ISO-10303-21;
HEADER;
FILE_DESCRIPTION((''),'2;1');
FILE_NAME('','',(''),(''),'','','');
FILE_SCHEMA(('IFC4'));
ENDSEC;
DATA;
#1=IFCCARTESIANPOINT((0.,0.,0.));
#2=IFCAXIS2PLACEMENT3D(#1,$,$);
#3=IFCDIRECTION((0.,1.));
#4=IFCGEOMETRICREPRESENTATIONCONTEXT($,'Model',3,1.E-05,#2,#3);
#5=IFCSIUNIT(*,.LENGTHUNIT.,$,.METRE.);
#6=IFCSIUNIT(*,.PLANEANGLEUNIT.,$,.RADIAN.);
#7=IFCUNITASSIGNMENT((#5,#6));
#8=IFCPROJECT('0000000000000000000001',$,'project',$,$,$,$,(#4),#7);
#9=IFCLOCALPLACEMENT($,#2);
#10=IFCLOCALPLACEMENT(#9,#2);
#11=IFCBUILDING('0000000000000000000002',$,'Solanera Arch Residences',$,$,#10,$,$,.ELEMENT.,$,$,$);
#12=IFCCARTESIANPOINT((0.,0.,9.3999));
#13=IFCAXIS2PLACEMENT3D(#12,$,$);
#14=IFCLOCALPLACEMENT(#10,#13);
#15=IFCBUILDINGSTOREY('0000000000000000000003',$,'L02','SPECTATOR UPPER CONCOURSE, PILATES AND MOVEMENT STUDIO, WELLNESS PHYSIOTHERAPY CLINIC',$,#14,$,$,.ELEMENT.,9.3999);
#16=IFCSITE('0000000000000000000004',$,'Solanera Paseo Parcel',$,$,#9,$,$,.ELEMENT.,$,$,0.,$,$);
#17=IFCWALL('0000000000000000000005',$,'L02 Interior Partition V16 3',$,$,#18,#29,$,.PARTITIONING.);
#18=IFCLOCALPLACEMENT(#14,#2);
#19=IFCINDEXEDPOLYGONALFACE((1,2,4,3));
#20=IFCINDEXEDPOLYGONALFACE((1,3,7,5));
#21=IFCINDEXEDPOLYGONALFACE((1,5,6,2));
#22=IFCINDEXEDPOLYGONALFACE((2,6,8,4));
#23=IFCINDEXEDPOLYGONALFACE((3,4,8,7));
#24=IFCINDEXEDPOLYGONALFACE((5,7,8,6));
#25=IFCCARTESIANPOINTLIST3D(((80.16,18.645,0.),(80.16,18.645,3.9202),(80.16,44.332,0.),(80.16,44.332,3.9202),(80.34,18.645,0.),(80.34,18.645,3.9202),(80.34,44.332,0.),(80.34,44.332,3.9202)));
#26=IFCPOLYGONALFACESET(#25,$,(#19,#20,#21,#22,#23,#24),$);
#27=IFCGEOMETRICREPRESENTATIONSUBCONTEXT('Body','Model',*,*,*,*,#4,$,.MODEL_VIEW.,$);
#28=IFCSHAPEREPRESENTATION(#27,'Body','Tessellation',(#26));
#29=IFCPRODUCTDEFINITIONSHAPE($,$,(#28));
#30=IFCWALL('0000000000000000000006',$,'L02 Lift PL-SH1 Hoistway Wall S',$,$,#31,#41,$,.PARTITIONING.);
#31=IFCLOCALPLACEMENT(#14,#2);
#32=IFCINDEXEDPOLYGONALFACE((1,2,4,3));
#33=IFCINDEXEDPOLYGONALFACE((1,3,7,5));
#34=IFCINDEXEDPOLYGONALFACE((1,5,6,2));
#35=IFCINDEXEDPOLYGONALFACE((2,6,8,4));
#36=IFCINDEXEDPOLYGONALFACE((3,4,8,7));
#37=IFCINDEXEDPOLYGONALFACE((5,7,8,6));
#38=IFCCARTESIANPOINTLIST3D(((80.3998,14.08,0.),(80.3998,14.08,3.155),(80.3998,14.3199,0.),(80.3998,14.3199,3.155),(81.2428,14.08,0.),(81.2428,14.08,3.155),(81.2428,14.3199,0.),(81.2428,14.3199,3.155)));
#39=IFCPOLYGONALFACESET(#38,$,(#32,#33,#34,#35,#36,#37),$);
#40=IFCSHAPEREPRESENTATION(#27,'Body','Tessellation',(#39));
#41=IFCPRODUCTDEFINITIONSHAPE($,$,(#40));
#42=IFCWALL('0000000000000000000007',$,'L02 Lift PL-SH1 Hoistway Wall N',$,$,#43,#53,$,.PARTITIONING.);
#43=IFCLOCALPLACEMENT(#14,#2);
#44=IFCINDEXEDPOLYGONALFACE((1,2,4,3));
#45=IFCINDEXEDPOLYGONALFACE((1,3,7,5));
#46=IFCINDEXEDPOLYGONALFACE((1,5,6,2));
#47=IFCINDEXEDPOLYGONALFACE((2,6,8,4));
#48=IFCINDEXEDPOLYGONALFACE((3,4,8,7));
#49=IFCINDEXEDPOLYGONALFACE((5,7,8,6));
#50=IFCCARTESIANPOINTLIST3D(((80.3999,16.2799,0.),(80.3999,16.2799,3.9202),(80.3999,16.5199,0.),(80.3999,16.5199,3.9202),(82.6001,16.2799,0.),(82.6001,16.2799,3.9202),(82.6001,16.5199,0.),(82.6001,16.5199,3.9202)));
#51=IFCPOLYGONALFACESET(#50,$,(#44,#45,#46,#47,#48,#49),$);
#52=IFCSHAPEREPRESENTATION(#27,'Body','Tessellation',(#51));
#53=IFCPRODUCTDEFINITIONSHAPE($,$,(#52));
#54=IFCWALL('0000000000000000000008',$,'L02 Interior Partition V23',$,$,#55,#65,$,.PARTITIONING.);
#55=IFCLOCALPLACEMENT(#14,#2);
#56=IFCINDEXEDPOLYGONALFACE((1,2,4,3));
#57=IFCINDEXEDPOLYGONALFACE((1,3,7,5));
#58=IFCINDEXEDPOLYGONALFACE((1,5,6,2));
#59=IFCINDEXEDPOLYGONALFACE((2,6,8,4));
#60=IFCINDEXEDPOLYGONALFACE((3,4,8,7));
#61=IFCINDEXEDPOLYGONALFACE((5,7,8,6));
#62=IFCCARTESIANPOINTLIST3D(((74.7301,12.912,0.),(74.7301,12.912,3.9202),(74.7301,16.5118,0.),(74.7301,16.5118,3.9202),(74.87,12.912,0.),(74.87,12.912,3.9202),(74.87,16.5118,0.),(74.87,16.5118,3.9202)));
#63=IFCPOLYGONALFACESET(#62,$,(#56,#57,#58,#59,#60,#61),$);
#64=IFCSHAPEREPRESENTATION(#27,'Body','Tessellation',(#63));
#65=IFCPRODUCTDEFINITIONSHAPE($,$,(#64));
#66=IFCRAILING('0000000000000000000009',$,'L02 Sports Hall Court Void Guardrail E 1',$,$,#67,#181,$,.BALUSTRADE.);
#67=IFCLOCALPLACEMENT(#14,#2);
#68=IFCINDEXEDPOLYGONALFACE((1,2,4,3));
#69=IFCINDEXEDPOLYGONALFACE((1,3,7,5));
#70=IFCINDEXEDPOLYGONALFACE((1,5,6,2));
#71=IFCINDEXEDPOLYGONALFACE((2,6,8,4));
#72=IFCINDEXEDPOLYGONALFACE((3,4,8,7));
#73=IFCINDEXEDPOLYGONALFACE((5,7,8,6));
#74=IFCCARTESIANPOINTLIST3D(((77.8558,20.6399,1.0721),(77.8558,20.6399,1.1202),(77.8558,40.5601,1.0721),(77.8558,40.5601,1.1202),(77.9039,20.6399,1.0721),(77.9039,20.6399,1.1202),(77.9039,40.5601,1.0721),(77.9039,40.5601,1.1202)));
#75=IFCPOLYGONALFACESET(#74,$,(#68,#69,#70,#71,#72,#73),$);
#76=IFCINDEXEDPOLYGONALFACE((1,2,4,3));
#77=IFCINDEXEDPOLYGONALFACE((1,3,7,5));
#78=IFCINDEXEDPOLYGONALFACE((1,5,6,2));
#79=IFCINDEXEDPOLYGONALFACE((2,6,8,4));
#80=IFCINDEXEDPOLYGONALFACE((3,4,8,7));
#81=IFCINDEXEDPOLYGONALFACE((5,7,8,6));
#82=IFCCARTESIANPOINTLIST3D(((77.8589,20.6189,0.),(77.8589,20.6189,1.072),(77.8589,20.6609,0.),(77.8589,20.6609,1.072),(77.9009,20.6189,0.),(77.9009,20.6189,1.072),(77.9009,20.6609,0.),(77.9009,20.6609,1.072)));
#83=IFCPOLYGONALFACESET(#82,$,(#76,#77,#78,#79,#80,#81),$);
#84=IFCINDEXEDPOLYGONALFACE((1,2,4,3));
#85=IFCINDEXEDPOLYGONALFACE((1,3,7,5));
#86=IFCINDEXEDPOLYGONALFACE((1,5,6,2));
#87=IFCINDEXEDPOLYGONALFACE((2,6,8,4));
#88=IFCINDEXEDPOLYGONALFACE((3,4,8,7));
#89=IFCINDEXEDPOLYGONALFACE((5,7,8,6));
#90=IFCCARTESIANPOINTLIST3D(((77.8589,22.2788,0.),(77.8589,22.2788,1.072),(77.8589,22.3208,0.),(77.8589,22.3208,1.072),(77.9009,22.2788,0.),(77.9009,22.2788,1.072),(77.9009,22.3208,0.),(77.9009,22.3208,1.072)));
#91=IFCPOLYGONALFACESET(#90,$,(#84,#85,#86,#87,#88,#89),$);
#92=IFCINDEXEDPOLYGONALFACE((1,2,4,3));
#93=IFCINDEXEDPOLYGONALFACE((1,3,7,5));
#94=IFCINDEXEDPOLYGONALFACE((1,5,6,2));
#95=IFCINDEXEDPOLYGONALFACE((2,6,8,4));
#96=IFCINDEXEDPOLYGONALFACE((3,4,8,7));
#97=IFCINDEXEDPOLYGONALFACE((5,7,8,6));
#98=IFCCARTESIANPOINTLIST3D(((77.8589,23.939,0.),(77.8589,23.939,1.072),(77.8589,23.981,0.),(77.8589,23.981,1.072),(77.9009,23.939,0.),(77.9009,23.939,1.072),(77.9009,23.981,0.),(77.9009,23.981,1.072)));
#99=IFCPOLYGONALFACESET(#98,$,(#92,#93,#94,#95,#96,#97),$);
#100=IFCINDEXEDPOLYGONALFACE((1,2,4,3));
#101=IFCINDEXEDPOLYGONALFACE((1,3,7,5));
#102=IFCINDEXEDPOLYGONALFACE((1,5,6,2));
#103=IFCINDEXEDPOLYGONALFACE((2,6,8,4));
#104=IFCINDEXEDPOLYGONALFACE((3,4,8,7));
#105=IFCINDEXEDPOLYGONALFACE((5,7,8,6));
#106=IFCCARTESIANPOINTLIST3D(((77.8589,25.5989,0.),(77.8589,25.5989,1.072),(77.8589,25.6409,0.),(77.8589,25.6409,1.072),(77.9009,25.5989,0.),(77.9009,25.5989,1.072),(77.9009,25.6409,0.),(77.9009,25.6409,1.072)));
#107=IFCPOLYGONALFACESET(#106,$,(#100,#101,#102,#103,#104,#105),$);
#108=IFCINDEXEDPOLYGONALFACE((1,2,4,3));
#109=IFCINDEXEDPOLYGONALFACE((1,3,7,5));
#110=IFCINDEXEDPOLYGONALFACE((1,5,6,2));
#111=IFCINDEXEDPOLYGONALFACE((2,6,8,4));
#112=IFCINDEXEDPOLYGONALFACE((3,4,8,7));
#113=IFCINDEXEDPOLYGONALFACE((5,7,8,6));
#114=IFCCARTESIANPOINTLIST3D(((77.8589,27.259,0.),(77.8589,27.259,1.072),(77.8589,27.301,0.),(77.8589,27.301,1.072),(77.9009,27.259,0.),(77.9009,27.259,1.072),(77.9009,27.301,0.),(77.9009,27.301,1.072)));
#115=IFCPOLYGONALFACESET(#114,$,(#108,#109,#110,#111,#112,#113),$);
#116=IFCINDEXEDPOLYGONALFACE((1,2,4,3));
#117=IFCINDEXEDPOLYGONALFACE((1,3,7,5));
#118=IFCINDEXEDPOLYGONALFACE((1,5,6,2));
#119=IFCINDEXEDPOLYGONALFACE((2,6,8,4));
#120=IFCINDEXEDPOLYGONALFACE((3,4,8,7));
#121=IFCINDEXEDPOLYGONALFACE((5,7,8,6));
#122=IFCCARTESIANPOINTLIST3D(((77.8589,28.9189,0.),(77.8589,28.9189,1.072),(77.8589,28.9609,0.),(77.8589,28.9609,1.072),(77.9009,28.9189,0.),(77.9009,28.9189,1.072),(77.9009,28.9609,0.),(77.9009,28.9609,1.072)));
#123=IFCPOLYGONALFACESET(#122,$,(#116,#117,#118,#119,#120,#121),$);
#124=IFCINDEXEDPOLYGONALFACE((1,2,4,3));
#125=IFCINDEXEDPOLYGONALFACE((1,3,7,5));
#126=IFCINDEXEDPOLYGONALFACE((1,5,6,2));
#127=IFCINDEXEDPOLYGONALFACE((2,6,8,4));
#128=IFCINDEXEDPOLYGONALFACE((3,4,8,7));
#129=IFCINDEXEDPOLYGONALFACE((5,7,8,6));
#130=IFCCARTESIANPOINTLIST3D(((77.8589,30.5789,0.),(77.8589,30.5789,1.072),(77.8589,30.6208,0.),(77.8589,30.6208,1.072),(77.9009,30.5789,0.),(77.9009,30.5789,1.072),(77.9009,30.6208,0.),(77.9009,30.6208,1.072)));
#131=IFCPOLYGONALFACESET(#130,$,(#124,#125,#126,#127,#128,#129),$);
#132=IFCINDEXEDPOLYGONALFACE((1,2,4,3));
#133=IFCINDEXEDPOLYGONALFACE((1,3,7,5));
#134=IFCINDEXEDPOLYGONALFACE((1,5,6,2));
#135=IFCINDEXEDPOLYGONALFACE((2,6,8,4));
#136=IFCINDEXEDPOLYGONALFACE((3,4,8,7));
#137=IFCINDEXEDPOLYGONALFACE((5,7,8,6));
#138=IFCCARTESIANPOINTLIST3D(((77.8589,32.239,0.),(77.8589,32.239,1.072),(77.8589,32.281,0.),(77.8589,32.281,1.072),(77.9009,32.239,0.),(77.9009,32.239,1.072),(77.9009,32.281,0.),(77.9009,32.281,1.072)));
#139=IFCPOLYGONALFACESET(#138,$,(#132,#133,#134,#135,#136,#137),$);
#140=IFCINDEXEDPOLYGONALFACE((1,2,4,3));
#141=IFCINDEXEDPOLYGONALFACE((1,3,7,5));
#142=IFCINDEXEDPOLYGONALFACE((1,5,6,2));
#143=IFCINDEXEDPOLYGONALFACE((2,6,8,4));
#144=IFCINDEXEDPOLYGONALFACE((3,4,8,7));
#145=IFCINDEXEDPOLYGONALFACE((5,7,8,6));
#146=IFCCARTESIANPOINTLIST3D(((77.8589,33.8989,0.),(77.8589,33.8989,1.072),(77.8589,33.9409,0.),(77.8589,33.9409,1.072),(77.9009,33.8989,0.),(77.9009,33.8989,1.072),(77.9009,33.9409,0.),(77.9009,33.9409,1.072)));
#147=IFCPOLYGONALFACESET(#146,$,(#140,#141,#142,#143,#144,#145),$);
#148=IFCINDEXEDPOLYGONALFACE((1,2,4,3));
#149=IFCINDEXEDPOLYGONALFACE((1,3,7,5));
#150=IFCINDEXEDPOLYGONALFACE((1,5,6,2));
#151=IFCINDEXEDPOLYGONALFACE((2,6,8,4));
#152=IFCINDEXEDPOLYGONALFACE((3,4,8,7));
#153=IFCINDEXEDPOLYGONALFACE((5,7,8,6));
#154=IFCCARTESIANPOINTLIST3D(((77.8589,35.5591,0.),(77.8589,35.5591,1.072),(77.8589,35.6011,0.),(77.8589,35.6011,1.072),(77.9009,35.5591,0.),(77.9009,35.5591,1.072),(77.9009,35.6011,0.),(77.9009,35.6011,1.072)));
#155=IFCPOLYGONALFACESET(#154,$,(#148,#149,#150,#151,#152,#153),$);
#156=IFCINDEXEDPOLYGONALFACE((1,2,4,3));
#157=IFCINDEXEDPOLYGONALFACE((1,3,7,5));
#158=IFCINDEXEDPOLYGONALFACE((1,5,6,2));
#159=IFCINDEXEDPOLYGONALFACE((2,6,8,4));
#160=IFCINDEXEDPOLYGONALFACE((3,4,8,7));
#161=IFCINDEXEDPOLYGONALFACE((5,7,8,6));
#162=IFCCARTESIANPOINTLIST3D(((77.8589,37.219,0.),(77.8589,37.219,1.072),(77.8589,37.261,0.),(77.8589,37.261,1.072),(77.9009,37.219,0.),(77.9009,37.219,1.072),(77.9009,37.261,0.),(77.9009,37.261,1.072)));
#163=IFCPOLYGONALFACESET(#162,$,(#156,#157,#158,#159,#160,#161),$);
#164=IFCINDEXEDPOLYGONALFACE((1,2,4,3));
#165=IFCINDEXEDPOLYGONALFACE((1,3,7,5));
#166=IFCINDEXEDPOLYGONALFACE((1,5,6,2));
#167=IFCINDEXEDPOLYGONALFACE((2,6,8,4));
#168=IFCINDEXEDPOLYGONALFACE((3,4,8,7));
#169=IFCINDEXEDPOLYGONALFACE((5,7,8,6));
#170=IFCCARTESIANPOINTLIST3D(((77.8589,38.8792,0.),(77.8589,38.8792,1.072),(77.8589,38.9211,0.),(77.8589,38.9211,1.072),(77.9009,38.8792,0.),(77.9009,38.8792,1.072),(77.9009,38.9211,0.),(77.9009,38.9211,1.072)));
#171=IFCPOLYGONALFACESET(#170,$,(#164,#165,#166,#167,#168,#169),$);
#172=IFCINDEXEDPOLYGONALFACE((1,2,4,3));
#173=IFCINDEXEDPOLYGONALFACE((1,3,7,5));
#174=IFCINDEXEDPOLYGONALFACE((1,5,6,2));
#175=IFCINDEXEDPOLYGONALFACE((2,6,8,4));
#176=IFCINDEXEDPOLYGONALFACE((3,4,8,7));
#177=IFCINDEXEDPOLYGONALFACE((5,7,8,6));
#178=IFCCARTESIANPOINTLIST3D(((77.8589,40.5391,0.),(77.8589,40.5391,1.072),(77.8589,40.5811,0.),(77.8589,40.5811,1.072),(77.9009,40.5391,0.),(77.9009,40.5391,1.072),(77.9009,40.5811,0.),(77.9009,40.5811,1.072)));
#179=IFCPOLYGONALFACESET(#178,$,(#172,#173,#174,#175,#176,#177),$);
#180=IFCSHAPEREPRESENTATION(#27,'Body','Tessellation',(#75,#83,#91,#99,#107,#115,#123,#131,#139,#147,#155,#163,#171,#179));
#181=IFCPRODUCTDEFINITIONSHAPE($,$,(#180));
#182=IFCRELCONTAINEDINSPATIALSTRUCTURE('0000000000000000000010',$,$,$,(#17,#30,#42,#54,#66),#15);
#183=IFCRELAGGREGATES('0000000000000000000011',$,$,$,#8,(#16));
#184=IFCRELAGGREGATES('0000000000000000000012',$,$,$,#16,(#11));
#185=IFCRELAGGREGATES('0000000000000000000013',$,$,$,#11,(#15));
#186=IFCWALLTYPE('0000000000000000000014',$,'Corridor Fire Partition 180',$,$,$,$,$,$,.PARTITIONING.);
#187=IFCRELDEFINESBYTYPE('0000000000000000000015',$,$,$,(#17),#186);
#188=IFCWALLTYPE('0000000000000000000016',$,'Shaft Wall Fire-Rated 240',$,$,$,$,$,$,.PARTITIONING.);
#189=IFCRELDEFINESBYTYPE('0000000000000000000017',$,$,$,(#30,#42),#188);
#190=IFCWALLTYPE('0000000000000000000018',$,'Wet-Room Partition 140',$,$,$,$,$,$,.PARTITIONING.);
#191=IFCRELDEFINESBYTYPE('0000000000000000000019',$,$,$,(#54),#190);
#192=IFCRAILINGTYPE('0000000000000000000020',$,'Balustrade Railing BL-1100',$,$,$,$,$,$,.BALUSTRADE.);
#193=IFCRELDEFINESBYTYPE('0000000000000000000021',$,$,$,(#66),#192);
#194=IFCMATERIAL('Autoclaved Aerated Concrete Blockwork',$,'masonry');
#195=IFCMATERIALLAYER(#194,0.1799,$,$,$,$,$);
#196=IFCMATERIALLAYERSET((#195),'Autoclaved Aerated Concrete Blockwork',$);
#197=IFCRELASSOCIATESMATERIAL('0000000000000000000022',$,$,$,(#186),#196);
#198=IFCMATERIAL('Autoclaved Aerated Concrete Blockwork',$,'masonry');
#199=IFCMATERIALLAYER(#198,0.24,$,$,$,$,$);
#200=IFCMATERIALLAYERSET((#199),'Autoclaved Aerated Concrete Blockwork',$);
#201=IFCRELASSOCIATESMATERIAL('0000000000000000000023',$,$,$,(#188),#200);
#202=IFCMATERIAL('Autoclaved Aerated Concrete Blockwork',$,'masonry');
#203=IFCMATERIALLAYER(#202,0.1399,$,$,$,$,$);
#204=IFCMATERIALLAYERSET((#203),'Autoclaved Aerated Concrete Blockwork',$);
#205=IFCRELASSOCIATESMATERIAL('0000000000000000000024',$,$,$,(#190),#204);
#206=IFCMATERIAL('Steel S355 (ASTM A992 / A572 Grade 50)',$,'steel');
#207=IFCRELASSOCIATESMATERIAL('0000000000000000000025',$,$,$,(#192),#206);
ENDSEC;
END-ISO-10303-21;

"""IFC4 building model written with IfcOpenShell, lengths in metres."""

from ifc_helpers import new_model, si_unit, direction, frame, frame_2d, origin, origin_2d, place, context, subcontext, project, spatial, rectangle, extrude, material, layer, layer_set, type_object, element, save


model = new_model("IFC4")

# Units and contexts
model_context = context("Model", 3, precision=1e-05, world=origin(), true_north=direction((0.0, 1.0)))
body_context = subcontext(model_context, "Body", "Model", "MODEL_VIEW")
ifc_project = project(units=[si_unit("LENGTHUNIT", "METRE"), si_unit("PLANEANGLEUNIT", "RADIAN")], contexts=[model_context])

# Site, building, storey
site_placement = place(None, origin())
site = spatial("IfcSite", under=ifc_project, at=site_placement, Name="Solanera Paseo Parcel", CompositionType="ELEMENT", RefElevation=0.0)
building_placement = place(site_placement, origin())
building = spatial("IfcBuilding", under=site, at=building_placement, Name="Solanera Arch Residences", CompositionType="ELEMENT")
storey_placement = place(building_placement, frame((0.0, 0.0, 9.3999)))
storey = spatial("IfcBuildingStorey", under=building, at=storey_placement, Name="L02", Description="SPECTATOR UPPER CONCOURSE, PILATES AND MOVEMENT STUDIO, WELLNESS PHYSIOTHERAPY CLINIC", CompositionType="ELEMENT", Elevation=9.3999)

# Shared definitions
ifc_material_1 = material(Name="Autoclaved Aerated Concrete Blockwork", Category="masonry")
ifc_layer_1 = layer(ifc_material_1, 0.1799)
ifc_layer_set_1 = layer_set([ifc_layer_1], Name="Autoclaved Aerated Concrete Blockwork")
wall_type_1 = type_object("IfcWallType", Name="Corridor Fire Partition 180", PredefinedType="PARTITIONING", material=ifc_layer_set_1)

# Walls
wall_1_placement = place(storey_placement, frame((80.25, 18.645, 0.0), z_axis=(0.0, 0.0, 1.0), x_axis=(0.0, 1.0, 0.0)))
element("IfcWall", 1, at=wall_1_placement, inside=storey, type_object=wall_type_1, Name="L02 Interior Partition V16 3", PredefinedType="PARTITIONING", context=body_context, shape_type="SweptSolid", body=[
    extrude(rectangle(XDim=25.687, YDim=0.1799, at=frame_2d((12.8435, 0.0))), origin(), (0.0, 0.0, 1.0), 3.9202),
])
ifc_material_2 = material(Name="Autoclaved Aerated Concrete Blockwork", Category="masonry")
ifc_layer_2 = layer(ifc_material_2, 0.24)
ifc_layer_set_2 = layer_set([ifc_layer_2], Name="Autoclaved Aerated Concrete Blockwork")
wall_type_2 = type_object("IfcWallType", Name="Shaft Wall Fire-Rated 240", PredefinedType="PARTITIONING", material=ifc_layer_set_2)
wall_2_placement = place(storey_placement, frame((80.3999, 14.2, 0.0), z_axis=(0.0, 0.0, 1.0), x_axis=(1.0, 0.0, 0.0)))
element("IfcWall", 2, at=wall_2_placement, inside=storey, type_object=wall_type_2, Name="L02 Lift PL-SH1 Hoistway Wall S", PredefinedType="PARTITIONING", context=body_context, shape_type="SweptSolid", body=[
    extrude(rectangle(XDim=0.843, YDim=0.24, at=frame_2d((0.4214, 0.0))), origin(), (0.0, 0.0, 1.0), 3.155),
])
wall_3_placement = place(storey_placement, frame((80.3999, 16.3999, 0.0), z_axis=(0.0, 0.0, 1.0), x_axis=(1.0, 0.0, 0.0)))
element("IfcWall", 3, at=wall_3_placement, inside=storey, type_object=wall_type_2, Name="L02 Lift PL-SH1 Hoistway Wall N", PredefinedType="PARTITIONING", context=body_context, shape_type="SweptSolid", body=[
    extrude(rectangle(XDim=2.2002, YDim=0.24, at=frame_2d((1.1001, 0.0))), origin(), (0.0, 0.0, 1.0), 3.9202),
])

# Wall
ifc_material_3 = material(Name="Autoclaved Aerated Concrete Blockwork", Category="masonry")
ifc_layer_3 = layer(ifc_material_3, 0.1399)
ifc_layer_set_3 = layer_set([ifc_layer_3], Name="Autoclaved Aerated Concrete Blockwork")
wall_type_3 = type_object("IfcWallType", Name="Wet-Room Partition 140", PredefinedType="PARTITIONING", material=ifc_layer_set_3)
wall_4_placement = place(storey_placement, frame((74.8, 12.9121, 0.0), z_axis=(0.0, 0.0, 1.0), x_axis=(0.0, 1.0, 0.0)))
element("IfcWall", 4, at=wall_4_placement, inside=storey, type_object=wall_type_3, Name="L02 Interior Partition V23", PredefinedType="PARTITIONING", context=body_context, shape_type="SweptSolid", body=[
    extrude(rectangle(XDim=3.5999, YDim=0.1399, at=frame_2d((1.7998, 0.0))), origin(), (0.0, 0.0, 1.0), 3.9202),
])

# Railing
ifc_material_4 = material(Name="Steel S355 (ASTM A992 / A572 Grade 50)", Category="steel")
railing_type = type_object("IfcRailingType", Name="Balustrade Railing BL-1100", PredefinedType="BALUSTRADE", material=ifc_material_4)
railing_placement = place(storey_placement, frame((77.8799, 20.6399, 0.0)))
element("IfcRailing", 5, at=railing_placement, inside=storey, type_object=railing_type, Name="L02 Sports Hall Court Void Guardrail E 1", PredefinedType="BALUSTRADE", context=body_context, shape_type="SweptSolid", body=[
    extrude(rectangle(XDim=0.0481, YDim=0.0481, at=origin_2d()), frame((0.0, 0.0, 1.0962), z_axis=(0.0, 1.0, 0.0), x_axis=(-1.0, 0.0, 0.0)), (0.0, 0.0, 1.0), 19.9202),
    extrude(rectangle(XDim=0.042, YDim=0.042, at=origin_2d()), origin(), (0.0, 0.0, 1.0), 1.072),
    extrude(rectangle(XDim=0.042, YDim=0.042, at=origin_2d()), frame((0.0, 1.6599, 0.0)), (0.0, 0.0, 1.0), 1.072),
    extrude(rectangle(XDim=0.042, YDim=0.042, at=origin_2d()), frame((0.0, 3.3201, 0.0)), (0.0, 0.0, 1.0), 1.072),
    extrude(rectangle(XDim=0.042, YDim=0.042, at=origin_2d()), frame((0.0, 4.98, 0.0)), (0.0, 0.0, 1.0), 1.072),
    extrude(rectangle(XDim=0.042, YDim=0.042, at=origin_2d()), frame((0.0, 6.6401, 0.0)), (0.0, 0.0, 1.0), 1.072),
    extrude(rectangle(XDim=0.042, YDim=0.042, at=origin_2d()), frame((0.0, 8.3, 0.0)), (0.0, 0.0, 1.0), 1.072),
    extrude(rectangle(XDim=0.042, YDim=0.042, at=origin_2d()), frame((0.0, 9.96, 0.0)), (0.0, 0.0, 1.0), 1.072),
    extrude(rectangle(XDim=0.042, YDim=0.042, at=origin_2d()), frame((0.0, 11.6201, 0.0)), (0.0, 0.0, 1.0), 1.072),
    extrude(rectangle(XDim=0.042, YDim=0.042, at=origin_2d()), frame((0.0, 13.28, 0.0)), (0.0, 0.0, 1.0), 1.072),
    extrude(rectangle(XDim=0.042, YDim=0.042, at=origin_2d()), frame((0.0, 14.9402, 0.0)), (0.0, 0.0, 1.0), 1.072),
    extrude(rectangle(XDim=0.042, YDim=0.042, at=origin_2d()), frame((0.0, 16.6001, 0.0)), (0.0, 0.0, 1.0), 1.072),
    extrude(rectangle(XDim=0.042, YDim=0.042, at=origin_2d()), frame((0.0, 18.2603, 0.0)), (0.0, 0.0, 1.0), 1.072),
    extrude(rectangle(XDim=0.042, YDim=0.042, at=origin_2d()), frame((0.0, 19.9202, 0.0)), (0.0, 0.0, 1.0), 1.072),
])

save(model, "model.ifc")
